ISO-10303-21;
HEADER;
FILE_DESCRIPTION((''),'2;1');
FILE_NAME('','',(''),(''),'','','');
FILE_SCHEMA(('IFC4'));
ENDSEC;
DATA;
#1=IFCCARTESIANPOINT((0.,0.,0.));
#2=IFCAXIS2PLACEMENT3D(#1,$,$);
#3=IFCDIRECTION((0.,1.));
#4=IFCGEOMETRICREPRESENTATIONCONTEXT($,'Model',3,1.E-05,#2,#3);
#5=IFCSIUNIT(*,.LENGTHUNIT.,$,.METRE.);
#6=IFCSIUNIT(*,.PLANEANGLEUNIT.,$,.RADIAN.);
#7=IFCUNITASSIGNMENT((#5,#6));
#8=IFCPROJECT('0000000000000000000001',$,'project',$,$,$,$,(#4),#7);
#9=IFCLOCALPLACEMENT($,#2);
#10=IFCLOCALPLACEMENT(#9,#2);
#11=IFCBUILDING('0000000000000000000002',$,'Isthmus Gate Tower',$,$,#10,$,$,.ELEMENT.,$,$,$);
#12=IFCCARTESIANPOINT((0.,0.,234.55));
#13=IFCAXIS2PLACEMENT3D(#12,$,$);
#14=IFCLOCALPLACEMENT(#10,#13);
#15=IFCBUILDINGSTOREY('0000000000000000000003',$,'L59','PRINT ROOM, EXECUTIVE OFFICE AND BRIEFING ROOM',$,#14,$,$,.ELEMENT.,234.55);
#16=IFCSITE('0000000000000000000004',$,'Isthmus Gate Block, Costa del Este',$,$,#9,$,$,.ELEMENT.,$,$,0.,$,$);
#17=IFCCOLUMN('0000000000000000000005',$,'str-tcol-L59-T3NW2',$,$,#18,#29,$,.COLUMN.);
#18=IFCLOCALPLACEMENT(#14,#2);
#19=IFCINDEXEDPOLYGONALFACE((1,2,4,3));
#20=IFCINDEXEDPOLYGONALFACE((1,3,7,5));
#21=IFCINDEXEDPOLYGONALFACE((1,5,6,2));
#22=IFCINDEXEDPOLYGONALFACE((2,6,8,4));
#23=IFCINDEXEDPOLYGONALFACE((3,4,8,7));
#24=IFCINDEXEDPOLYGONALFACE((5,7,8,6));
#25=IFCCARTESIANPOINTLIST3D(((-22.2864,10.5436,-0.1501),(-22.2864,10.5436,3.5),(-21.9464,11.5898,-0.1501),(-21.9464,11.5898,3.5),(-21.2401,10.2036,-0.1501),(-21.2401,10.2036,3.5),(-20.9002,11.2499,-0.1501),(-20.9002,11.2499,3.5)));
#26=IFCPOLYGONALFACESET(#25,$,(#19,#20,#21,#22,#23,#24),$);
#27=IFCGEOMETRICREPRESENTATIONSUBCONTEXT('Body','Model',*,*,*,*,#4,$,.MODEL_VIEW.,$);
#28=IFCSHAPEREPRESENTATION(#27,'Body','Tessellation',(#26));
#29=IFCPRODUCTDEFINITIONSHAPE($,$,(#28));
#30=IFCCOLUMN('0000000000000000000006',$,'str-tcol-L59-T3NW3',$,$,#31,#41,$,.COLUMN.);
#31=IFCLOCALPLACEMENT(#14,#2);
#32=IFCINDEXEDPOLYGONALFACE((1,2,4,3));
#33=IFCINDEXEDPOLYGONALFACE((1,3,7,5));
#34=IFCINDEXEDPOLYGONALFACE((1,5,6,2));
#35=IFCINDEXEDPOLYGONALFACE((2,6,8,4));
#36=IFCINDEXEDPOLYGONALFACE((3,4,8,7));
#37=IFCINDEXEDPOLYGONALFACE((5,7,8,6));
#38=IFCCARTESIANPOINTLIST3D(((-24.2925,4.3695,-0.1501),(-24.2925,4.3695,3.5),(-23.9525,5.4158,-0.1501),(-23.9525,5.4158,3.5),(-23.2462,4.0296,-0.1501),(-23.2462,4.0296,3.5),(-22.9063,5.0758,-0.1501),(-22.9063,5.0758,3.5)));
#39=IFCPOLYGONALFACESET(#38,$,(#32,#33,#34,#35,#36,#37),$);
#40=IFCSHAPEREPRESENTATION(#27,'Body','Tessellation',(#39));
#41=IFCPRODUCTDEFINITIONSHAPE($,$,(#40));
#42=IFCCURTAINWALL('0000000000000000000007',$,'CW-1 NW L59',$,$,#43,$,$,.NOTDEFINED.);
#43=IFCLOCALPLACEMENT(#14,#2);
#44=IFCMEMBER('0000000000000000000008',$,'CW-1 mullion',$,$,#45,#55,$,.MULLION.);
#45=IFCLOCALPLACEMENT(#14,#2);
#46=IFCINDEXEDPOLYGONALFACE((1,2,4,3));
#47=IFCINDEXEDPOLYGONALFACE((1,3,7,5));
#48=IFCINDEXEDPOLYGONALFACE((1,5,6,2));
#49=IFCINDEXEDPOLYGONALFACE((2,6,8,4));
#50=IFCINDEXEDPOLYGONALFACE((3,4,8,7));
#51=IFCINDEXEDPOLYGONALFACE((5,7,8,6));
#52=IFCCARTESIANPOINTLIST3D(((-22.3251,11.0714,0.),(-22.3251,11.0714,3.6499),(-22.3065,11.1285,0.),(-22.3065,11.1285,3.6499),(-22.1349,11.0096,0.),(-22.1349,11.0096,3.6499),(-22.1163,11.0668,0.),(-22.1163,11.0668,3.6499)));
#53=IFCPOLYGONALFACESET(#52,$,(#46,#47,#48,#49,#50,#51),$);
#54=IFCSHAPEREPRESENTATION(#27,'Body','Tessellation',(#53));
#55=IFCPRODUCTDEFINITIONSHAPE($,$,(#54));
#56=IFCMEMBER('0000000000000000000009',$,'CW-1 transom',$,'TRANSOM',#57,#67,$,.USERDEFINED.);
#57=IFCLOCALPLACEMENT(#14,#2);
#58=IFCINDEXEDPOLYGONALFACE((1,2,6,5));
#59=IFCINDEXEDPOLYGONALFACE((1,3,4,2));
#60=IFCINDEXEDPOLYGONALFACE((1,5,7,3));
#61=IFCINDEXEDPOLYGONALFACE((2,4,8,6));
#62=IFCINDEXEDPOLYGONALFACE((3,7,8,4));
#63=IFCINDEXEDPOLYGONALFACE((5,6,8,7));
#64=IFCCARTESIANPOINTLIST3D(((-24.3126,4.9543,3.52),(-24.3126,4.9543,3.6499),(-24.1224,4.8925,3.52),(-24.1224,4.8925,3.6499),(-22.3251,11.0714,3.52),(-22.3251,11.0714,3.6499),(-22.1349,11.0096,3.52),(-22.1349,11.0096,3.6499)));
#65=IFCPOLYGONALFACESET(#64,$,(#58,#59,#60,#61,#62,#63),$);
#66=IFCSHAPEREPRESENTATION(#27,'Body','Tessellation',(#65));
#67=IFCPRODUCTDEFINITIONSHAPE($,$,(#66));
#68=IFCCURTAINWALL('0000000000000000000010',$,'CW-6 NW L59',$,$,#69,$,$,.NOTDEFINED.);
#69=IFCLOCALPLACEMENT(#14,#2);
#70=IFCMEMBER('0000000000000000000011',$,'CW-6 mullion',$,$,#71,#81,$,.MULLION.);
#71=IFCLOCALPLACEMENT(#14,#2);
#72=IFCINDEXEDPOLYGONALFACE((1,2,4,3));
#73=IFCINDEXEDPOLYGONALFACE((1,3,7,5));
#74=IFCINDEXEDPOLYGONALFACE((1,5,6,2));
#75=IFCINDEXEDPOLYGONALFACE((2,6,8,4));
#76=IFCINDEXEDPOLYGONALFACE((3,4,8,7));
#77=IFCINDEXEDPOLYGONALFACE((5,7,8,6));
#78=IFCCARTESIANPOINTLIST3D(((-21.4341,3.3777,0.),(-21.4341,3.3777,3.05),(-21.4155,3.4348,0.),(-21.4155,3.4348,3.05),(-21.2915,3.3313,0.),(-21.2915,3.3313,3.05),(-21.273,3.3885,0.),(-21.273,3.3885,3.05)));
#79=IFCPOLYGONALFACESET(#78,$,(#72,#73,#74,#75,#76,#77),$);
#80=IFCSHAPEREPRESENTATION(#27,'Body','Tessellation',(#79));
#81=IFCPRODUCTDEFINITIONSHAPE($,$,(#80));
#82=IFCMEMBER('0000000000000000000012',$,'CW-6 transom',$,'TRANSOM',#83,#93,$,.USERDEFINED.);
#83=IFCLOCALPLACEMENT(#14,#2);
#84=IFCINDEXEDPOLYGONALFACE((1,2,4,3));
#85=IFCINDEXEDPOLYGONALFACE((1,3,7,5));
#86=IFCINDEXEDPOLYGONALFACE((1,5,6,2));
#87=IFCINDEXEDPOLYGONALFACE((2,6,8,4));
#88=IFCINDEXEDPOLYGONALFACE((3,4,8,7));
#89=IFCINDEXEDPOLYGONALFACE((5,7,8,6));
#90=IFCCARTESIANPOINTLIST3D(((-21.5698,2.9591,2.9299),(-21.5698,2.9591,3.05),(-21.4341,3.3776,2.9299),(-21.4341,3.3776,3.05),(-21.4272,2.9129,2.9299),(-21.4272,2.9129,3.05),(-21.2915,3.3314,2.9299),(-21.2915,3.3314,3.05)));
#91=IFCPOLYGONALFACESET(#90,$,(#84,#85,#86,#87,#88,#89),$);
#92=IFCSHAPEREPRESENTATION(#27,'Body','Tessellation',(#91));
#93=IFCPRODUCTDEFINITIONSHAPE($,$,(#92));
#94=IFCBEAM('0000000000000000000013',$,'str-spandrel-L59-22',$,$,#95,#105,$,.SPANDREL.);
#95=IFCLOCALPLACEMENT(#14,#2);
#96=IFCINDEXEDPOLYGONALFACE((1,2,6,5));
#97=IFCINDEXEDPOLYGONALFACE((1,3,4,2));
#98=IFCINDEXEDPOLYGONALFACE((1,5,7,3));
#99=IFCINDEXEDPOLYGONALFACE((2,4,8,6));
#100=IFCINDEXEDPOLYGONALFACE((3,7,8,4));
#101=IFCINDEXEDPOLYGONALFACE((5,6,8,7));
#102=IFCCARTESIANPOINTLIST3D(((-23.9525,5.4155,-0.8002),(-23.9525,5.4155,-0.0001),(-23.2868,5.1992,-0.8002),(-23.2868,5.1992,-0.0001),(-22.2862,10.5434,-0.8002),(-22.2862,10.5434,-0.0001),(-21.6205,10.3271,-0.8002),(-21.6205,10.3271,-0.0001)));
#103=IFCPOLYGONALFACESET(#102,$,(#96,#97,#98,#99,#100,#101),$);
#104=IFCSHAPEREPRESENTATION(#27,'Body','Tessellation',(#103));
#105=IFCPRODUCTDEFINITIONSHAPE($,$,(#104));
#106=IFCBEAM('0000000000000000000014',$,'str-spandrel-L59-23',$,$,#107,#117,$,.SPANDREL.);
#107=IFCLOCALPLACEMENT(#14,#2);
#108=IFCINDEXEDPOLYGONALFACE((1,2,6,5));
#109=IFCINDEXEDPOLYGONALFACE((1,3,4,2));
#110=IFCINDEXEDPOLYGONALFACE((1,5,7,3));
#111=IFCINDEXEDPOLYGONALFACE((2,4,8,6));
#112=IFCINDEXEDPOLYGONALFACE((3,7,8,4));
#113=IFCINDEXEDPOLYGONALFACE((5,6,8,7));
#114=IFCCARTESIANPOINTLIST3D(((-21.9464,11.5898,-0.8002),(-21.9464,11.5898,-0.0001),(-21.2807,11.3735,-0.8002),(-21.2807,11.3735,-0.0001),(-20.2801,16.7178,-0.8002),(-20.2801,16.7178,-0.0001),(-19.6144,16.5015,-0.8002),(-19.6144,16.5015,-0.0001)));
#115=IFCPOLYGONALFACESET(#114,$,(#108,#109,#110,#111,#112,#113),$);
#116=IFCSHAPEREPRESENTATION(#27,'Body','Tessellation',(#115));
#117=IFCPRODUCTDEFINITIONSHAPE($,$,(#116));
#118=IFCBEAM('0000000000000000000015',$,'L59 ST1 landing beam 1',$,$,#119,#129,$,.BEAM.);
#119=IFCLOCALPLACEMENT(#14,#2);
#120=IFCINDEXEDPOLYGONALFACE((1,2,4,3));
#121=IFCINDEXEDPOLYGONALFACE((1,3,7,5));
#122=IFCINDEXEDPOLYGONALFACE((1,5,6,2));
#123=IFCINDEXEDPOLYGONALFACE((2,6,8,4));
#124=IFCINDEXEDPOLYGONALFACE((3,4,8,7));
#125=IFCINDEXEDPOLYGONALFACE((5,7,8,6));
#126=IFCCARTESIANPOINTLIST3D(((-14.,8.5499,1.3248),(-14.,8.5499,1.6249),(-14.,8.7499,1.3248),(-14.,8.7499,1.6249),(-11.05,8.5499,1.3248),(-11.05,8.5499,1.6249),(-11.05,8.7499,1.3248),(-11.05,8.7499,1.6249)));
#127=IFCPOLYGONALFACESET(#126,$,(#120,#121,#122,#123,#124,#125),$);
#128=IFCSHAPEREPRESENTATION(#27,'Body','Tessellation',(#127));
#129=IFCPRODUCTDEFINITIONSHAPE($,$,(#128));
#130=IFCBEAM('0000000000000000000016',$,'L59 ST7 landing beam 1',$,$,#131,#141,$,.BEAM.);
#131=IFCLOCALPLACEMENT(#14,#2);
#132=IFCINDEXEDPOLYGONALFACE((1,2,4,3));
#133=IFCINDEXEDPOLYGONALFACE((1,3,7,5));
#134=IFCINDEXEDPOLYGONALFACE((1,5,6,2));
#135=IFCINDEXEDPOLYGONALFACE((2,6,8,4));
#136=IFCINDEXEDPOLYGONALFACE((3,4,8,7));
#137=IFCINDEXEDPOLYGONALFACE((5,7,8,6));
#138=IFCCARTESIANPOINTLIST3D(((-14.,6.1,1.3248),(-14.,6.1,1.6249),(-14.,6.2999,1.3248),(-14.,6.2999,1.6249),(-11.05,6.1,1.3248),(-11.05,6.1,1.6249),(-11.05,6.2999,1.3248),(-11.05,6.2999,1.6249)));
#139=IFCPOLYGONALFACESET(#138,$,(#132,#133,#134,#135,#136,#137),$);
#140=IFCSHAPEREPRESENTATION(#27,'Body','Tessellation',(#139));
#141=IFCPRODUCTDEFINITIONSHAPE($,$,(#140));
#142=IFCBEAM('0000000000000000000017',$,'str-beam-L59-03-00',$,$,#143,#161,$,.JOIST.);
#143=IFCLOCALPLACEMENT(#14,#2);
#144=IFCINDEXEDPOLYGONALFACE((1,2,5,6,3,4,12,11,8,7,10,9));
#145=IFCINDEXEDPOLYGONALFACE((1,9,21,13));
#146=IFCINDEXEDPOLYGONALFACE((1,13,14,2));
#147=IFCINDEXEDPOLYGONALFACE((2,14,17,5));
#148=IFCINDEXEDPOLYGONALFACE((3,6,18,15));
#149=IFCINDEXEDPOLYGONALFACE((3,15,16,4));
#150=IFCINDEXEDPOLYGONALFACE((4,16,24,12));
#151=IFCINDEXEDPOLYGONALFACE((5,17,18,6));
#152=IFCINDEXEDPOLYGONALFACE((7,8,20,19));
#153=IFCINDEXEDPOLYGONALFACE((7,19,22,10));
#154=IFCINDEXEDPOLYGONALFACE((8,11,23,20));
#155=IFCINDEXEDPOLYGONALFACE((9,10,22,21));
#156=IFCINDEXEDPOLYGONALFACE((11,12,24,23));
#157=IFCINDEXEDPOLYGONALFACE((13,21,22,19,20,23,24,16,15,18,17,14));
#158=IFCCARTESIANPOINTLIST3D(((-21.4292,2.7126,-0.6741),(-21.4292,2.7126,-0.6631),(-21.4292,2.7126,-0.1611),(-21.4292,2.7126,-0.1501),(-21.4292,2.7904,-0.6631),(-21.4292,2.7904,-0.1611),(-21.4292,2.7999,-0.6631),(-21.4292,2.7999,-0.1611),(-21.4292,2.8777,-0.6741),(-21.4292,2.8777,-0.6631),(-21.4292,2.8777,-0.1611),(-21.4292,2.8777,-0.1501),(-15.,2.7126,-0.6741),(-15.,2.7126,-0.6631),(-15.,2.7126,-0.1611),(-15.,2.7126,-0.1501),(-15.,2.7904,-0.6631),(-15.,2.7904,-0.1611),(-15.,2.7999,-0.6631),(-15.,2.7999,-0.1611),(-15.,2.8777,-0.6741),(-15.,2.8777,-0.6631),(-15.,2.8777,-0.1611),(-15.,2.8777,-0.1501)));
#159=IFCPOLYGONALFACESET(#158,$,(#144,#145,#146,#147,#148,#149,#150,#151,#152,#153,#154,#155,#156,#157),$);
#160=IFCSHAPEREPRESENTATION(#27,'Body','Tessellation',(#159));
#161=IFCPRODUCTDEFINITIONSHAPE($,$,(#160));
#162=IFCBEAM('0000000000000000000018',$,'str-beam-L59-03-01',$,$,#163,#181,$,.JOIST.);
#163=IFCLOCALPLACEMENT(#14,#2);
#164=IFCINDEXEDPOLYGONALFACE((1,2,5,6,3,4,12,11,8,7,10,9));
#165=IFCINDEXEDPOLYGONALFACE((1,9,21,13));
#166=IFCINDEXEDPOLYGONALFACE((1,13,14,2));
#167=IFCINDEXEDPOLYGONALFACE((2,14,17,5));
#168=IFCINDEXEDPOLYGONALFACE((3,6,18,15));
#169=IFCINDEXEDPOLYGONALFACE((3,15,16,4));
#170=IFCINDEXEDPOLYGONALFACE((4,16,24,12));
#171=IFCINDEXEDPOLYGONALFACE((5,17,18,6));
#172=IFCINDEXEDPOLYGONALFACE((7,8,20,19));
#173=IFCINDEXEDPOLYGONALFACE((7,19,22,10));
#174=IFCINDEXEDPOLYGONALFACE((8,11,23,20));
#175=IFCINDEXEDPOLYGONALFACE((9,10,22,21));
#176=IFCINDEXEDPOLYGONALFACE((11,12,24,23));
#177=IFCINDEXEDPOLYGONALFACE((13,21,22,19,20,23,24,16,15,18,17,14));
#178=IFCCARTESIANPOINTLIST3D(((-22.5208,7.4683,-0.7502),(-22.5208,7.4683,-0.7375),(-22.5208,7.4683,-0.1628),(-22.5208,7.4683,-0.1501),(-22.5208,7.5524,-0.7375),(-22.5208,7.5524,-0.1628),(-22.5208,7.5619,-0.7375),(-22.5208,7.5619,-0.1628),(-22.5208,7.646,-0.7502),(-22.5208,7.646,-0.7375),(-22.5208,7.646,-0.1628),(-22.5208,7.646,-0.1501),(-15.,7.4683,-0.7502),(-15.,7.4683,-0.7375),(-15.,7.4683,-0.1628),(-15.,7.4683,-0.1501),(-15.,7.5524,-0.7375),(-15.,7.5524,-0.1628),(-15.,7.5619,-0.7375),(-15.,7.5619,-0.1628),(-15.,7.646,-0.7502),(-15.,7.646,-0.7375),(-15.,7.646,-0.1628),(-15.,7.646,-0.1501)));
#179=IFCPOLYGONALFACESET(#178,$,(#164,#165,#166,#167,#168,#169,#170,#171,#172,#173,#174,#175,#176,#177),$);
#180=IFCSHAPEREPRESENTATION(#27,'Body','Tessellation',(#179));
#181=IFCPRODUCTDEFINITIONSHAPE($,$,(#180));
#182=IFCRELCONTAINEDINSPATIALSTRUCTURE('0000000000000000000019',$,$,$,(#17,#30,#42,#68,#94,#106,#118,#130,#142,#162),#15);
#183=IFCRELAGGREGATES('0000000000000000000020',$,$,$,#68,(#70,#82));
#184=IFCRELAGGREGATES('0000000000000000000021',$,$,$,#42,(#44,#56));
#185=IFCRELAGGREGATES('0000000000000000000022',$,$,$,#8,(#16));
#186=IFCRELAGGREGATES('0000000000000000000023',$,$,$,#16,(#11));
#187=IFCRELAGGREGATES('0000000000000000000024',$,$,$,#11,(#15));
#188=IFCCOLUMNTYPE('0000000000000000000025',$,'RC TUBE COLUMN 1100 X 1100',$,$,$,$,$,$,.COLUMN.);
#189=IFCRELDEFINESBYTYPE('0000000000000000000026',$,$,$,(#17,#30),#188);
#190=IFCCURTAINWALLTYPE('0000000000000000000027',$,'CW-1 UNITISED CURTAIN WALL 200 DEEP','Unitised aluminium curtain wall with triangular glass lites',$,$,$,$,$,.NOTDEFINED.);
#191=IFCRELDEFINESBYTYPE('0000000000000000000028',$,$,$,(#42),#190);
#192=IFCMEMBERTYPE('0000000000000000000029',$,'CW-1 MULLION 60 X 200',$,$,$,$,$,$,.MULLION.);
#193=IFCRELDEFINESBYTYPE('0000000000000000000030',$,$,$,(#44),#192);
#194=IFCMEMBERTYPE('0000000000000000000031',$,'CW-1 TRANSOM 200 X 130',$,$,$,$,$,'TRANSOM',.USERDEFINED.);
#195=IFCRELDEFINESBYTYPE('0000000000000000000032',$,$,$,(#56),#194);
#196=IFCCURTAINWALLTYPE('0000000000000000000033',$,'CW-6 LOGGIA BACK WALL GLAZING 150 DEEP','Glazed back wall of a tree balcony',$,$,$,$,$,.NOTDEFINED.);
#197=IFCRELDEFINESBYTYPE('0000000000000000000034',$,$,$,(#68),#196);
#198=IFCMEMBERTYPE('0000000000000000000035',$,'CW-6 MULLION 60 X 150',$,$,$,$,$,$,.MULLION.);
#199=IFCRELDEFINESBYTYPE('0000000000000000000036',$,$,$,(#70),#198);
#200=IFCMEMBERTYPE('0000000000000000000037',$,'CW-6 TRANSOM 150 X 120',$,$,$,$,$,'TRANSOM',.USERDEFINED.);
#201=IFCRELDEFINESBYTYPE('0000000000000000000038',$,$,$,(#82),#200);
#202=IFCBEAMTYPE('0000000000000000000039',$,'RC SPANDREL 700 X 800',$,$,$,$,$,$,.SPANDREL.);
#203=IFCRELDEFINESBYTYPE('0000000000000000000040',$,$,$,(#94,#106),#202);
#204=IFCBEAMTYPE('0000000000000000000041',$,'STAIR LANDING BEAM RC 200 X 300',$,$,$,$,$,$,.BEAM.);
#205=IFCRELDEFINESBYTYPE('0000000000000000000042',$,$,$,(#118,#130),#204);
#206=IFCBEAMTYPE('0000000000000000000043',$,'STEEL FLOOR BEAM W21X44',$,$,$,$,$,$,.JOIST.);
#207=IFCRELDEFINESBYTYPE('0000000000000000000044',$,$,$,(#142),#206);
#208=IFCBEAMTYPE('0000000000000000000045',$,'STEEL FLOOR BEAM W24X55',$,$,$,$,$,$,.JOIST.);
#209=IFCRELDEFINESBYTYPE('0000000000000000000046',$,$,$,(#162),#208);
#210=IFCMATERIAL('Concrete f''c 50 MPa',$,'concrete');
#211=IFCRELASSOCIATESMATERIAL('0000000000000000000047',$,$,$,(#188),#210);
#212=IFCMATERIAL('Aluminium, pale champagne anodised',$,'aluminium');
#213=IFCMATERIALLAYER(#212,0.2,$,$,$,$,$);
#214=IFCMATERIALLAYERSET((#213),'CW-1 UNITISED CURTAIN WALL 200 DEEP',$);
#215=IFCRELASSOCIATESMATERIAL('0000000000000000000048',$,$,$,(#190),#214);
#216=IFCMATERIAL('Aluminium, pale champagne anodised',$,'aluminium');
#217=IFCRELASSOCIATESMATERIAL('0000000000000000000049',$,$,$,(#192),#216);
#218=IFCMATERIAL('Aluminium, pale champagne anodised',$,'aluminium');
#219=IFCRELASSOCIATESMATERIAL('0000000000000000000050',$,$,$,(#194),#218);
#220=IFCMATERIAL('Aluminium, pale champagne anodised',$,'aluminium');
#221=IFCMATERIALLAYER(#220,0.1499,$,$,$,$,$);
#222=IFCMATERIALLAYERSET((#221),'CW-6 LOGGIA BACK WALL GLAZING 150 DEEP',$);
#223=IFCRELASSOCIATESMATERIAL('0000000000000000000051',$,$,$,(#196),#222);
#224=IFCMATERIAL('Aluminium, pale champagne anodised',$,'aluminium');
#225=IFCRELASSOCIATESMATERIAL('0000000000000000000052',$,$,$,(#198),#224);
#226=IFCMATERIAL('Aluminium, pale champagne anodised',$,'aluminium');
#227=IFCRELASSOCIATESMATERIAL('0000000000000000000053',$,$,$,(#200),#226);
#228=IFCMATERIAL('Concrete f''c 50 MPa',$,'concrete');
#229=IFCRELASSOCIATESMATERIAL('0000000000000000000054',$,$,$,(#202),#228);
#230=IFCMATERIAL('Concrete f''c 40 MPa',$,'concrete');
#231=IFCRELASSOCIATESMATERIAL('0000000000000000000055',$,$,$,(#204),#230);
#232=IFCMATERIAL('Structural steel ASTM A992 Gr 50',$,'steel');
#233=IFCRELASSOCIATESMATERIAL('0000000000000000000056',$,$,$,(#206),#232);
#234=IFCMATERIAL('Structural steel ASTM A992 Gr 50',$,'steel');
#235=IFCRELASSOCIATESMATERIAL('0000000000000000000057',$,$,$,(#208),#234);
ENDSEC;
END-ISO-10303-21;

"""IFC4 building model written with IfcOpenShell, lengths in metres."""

from ifc_helpers import new_model, si_unit, direction, frame, origin, origin_2d, place, context, subcontext, project, spatial, rectangle, i_section, extrude, material, layer, layer_set, material_profile, profile_set, type_object, element, aggregate, save


model = new_model("IFC4")

# Units and contexts
model_context = context("Model", 3, precision=1e-05, world=origin(), true_north=direction((0.0, 1.0)))
body_context = subcontext(model_context, "Body", "Model", "MODEL_VIEW")
ifc_project = project(units=[si_unit("LENGTHUNIT", "METRE"), si_unit("PLANEANGLEUNIT", "RADIAN")], contexts=[model_context])

# Site, building, storey
site_placement = place(None, origin())
site = spatial("IfcSite", under=ifc_project, at=site_placement, Name="Isthmus Gate Block, Costa del Este", CompositionType="ELEMENT", RefElevation=0.0)
building_placement = place(site_placement, origin())
building = spatial("IfcBuilding", under=site, at=building_placement, Name="Isthmus Gate Tower", CompositionType="ELEMENT")
storey_placement = place(building_placement, frame((0.0, 0.0, 234.55)))
storey = spatial("IfcBuildingStorey", under=building, at=storey_placement, Name="L59", Description="PRINT ROOM, EXECUTIVE OFFICE AND BRIEFING ROOM", CompositionType="ELEMENT", Elevation=234.55)

# Columns
ifc_material_1 = material(Name="Concrete f'c 50 MPa", Category="concrete")
ifc_material_profile_1 = material_profile(ifc_material_1, rectangle(XDim=1.1001, YDim=1.1001, at=origin_2d()), Name="RC 1100X1100")
ifc_profile_set_1 = profile_set([ifc_material_profile_1], Name="Concrete f'c 50 MPa")
column_type = type_object("IfcColumnType", Name="RC TUBE COLUMN 1100 X 1100", PredefinedType="COLUMN", material=ifc_profile_set_1)
for number, where, z_axis, x_axis, name in (
    (1, (-21.5933, 10.8967, -0.1501), (0.0, 0.0, 1.0), (-0.309017, -0.951057, 0.0), "str-tcol-L59-T3NW2"),
    (2, (-23.5994, 4.7227, -0.1501), (0.0, 0.0, 1.0), (-0.309017, -0.951057, 0.0), "str-tcol-L59-T3NW3"),
):
    element("IfcColumn", number, at=place(storey_placement, frame(where, z_axis=z_axis, x_axis=x_axis)), inside=storey, type_object=column_type, Name=name, PredefinedType="COLUMN", context=body_context, shape_type="SweptSolid", body=[
        extrude(rectangle(XDim=1.1001, YDim=1.1001, at=origin_2d()), origin(), (0.0, 0.0, 1.0), 3.6501),
    ])

# Curtain walls, members
ifc_material_2 = material(Name="Aluminium, pale champagne anodised", Category="aluminium")
ifc_layer_1 = layer(ifc_material_2, 0.2)
ifc_layer_set_1 = layer_set([ifc_layer_1], Name="CW-1 UNITISED CURTAIN WALL 200 DEEP")
curtain_wall_type_1 = type_object("IfcCurtainWallType", Name="CW-1 UNITISED CURTAIN WALL 200 DEEP", Description="Unitised aluminium curtain wall with triangular glass lites", PredefinedType="NOTDEFINED", material=ifc_layer_set_1)
curtain_wall_1_placement = place(storey_placement, origin())
curtain_wall_1 = element("IfcCurtainWall", 3, at=curtain_wall_1_placement, inside=storey, type_object=curtain_wall_type_1, Name="CW-1 NW L59", PredefinedType="NOTDEFINED")
ifc_material_3 = material(Name="Aluminium, pale champagne anodised", Category="aluminium")
ifc_material_profile_2 = material_profile(ifc_material_3, rectangle(XDim=0.0601, YDim=0.2, at=origin_2d()), Name="60x200")
ifc_profile_set_2 = profile_set([ifc_material_profile_2], Name="Aluminium, pale champagne anodised")
member_type_1 = type_object("IfcMemberType", Name="CW-1 MULLION 60 X 200", PredefinedType="MULLION", material=ifc_profile_set_2)
member_1_placement = place(storey_placement, frame((-22.2207, 11.0691, 0.0), z_axis=(0.0, 0.0, 1.0), x_axis=(-0.309017, -0.951057, 0.0)))
member_1 = element("IfcMember", 4, at=member_1_placement, type_object=member_type_1, Name="CW-1 mullion", PredefinedType="MULLION", context=body_context, shape_type="SweptSolid", body=[
    extrude(rectangle(XDim=0.0601, YDim=0.2, at=origin_2d()), origin(), (0.0, 0.0, 1.0), 3.6499),
])
ifc_material_4 = material(Name="Aluminium, pale champagne anodised", Category="aluminium")
ifc_material_profile_3 = material_profile(ifc_material_4, rectangle(XDim=0.2, YDim=0.1299, at=origin_2d()), Name="200x130")
ifc_profile_set_3 = profile_set([ifc_material_profile_3], Name="Aluminium, pale champagne anodised")
member_type_2 = type_object("IfcMemberType", Name="CW-1 TRANSOM 200 X 130", ElementType="TRANSOM", PredefinedType="USERDEFINED", material=ifc_profile_set_3)
member_2_placement = place(storey_placement, frame((-22.23, 11.0405, 3.585), z_axis=(-0.309011, -0.951059, 0.0), x_axis=(0.951059, -0.309011, 0.0)))
member_2 = element("IfcMember", 5, at=member_2_placement, type_object=member_type_2, Name="CW-1 transom", ObjectType="TRANSOM", PredefinedType="USERDEFINED", context=body_context, shape_type="SweptSolid", body=[
    extrude(rectangle(XDim=0.2, YDim=0.1299, at=origin_2d()), origin(), (0.0, 0.0, 1.0), 6.4319),
])
ifc_material_5 = material(Name="Aluminium, pale champagne anodised", Category="aluminium")
ifc_layer_2 = layer(ifc_material_5, 0.1499)
ifc_layer_set_2 = layer_set([ifc_layer_2], Name="CW-6 LOGGIA BACK WALL GLAZING 150 DEEP")
curtain_wall_type_2 = type_object("IfcCurtainWallType", Name="CW-6 LOGGIA BACK WALL GLAZING 150 DEEP", Description="Glazed back wall of a tree balcony", PredefinedType="NOTDEFINED", material=ifc_layer_set_2)
curtain_wall_2_placement = place(storey_placement, origin())
curtain_wall_2 = element("IfcCurtainWall", 6, at=curtain_wall_2_placement, inside=storey, type_object=curtain_wall_type_2, Name="CW-6 NW L59", PredefinedType="NOTDEFINED")
ifc_material_6 = material(Name="Aluminium, pale champagne anodised", Category="aluminium")
ifc_material_profile_4 = material_profile(ifc_material_6, rectangle(XDim=0.0601, YDim=0.1499, at=origin_2d()), Name="60x150")
ifc_profile_set_4 = profile_set([ifc_material_profile_4], Name="Aluminium, pale champagne anodised")
member_type_3 = type_object("IfcMemberType", Name="CW-6 MULLION 60 X 150", PredefinedType="MULLION", material=ifc_profile_set_4)
member_3_placement = place(storey_placement, frame((-21.3535, 3.3831, 0.0), z_axis=(0.0, 0.0, 1.0), x_axis=(-0.309017, -0.951057, 0.0)))
member_3 = element("IfcMember", 7, at=member_3_placement, type_object=member_type_3, Name="CW-6 mullion", PredefinedType="MULLION", context=body_context, shape_type="SweptSolid", body=[
    extrude(rectangle(XDim=0.0601, YDim=0.1499, at=origin_2d()), origin(), (0.0, 0.0, 1.0), 3.05),
])
ifc_material_7 = material(Name="Aluminium, pale champagne anodised", Category="aluminium")
ifc_material_profile_5 = material_profile(ifc_material_7, rectangle(XDim=0.1499, YDim=0.1201, at=origin_2d()), Name="150x120")
ifc_profile_set_5 = profile_set([ifc_material_profile_5], Name="Aluminium, pale champagne anodised")
member_type_4 = type_object("IfcMemberType", Name="CW-6 TRANSOM 150 X 120", ElementType="TRANSOM", PredefinedType="USERDEFINED", material=ifc_profile_set_5)
member_4_placement = place(storey_placement, frame((-21.3628, 3.3545, 2.99), z_axis=(-0.308559, -0.951205, 0.0), x_axis=(0.951205, -0.308559, 0.0)))
member_4 = element("IfcMember", 8, at=member_4_placement, type_object=member_type_4, Name="CW-6 transom", ObjectType="TRANSOM", PredefinedType="USERDEFINED", context=body_context, shape_type="SweptSolid", body=[
    extrude(rectangle(XDim=0.1499, YDim=0.1201, at=origin_2d()), origin(), (0.0, 0.0, 1.0), 0.4399),
])

# Beams
ifc_material_8 = material(Name="Concrete f'c 50 MPa", Category="concrete")
ifc_material_profile_6 = material_profile(ifc_material_8, rectangle(XDim=0.7, YDim=0.8, at=origin_2d()), Name="RC 700X800")
ifc_profile_set_6 = profile_set([ifc_material_profile_6], Name="Concrete f'c 50 MPa")
beam_type_1 = type_object("IfcBeamType", Name="RC SPANDREL 700 X 800", PredefinedType="SPANDREL", material=ifc_profile_set_6)
for number, where, z_axis, x_axis, name in (
    (9, (-23.6196, 5.3074, -0.4001), (0.309033, 0.951051, 0.0), (-0.951051, 0.309033, 0.0), "str-spandrel-L59-22"),
    (10, (-21.6135, 11.4817, -0.4001), (0.309033, 0.951051, 0.0), (-0.951051, 0.309033, 0.0), "str-spandrel-L59-23"),
):
    element("IfcBeam", number, at=place(storey_placement, frame(where, z_axis=z_axis, x_axis=x_axis)), inside=storey, type_object=beam_type_1, Name=name, PredefinedType="SPANDREL", context=body_context, shape_type="SweptSolid", body=[
        extrude(rectangle(XDim=0.7, YDim=0.8, at=origin_2d()), origin(), (0.0, 0.0, 1.0), 5.3918),
    ])
ifc_material_9 = material(Name="Concrete f'c 40 MPa", Category="concrete")
ifc_material_profile_7 = material_profile(ifc_material_9, rectangle(XDim=0.2, YDim=0.3, at=origin_2d()), Name="STAIR LANDING BEAM RC 200 X 300")
ifc_profile_set_7 = profile_set([ifc_material_profile_7], Name="Concrete f'c 40 MPa")
beam_type_2 = type_object("IfcBeamType", Name="STAIR LANDING BEAM RC 200 X 300", PredefinedType="BEAM", material=ifc_profile_set_7)
for number, where, z_axis, x_axis, name in (
    (11, (-14.0, 8.6499, 1.4749), (1.0, 0.0, 0.0), (0.0, 1.0, 0.0), "L59 ST1 landing beam 1"),
    (12, (-14.0, 6.2, 1.4749), (1.0, 0.0, 0.0), (0.0, 1.0, 0.0), "L59 ST7 landing beam 1"),
):
    element("IfcBeam", number, at=place(storey_placement, frame(where, z_axis=z_axis, x_axis=x_axis)), inside=storey, type_object=beam_type_2, Name=name, PredefinedType="BEAM", context=body_context, shape_type="SweptSolid", body=[
        extrude(rectangle(XDim=0.2, YDim=0.3, at=origin_2d()), origin(), (0.0, 0.0, 1.0), 2.95),
    ])
ifc_material_10 = material(Name="Structural steel ASTM A992 Gr 50", Category="steel")
ifc_material_profile_8 = material_profile(ifc_material_10, i_section(OverallWidth=0.165, OverallDepth=0.5239, WebThickness=0.0095, FlangeThickness=0.011, at=origin_2d()), Name="W21X44")
ifc_profile_set_8 = profile_set([ifc_material_profile_8], Name="Structural steel ASTM A992 Gr 50")
beam_type_3 = type_object("IfcBeamType", Name="STEEL FLOOR BEAM W21X44", PredefinedType="JOIST", material=ifc_profile_set_8)
beam_1_placement = place(storey_placement, frame((-21.4292, 2.7952, -0.4121), z_axis=(1.0, 0.0, 0.0), x_axis=(0.0, 1.0, 0.0)))
element("IfcBeam", 13, at=beam_1_placement, inside=storey, type_object=beam_type_3, Name="str-beam-L59-03-00", PredefinedType="JOIST", context=body_context, shape_type="SweptSolid", body=[
    extrude(i_section(OverallWidth=0.165, OverallDepth=0.5239, WebThickness=0.0095, FlangeThickness=0.011, at=origin_2d()), origin(), (0.0, 0.0, 1.0), 6.4292),
])
ifc_material_11 = material(Name="Structural steel ASTM A992 Gr 50", Category="steel")
ifc_material_profile_9 = material_profile(ifc_material_11, i_section(OverallWidth=0.1777, OverallDepth=0.6001, WebThickness=0.0095, FlangeThickness=0.0127, at=origin_2d()), Name="W24X55")
ifc_profile_set_9 = profile_set([ifc_material_profile_9], Name="Structural steel ASTM A992 Gr 50")
beam_type_4 = type_object("IfcBeamType", Name="STEEL FLOOR BEAM W24X55", PredefinedType="JOIST", material=ifc_profile_set_9)
beam_2_placement = place(storey_placement, frame((-22.5208, 7.5571, -0.4502), z_axis=(1.0, 0.0, 0.0), x_axis=(0.0, 1.0, 0.0)))
element("IfcBeam", 14, at=beam_2_placement, inside=storey, type_object=beam_type_4, Name="str-beam-L59-03-01", PredefinedType="JOIST", context=body_context, shape_type="SweptSolid", body=[
    extrude(i_section(OverallWidth=0.1777, OverallDepth=0.6001, WebThickness=0.0095, FlangeThickness=0.0127, at=origin_2d()), origin(), (0.0, 0.0, 1.0), 7.5208),
])

aggregate(curtain_wall_2, [member_3, member_4])

aggregate(curtain_wall_1, [member_1, member_2])

save(model, "model.ifc")
